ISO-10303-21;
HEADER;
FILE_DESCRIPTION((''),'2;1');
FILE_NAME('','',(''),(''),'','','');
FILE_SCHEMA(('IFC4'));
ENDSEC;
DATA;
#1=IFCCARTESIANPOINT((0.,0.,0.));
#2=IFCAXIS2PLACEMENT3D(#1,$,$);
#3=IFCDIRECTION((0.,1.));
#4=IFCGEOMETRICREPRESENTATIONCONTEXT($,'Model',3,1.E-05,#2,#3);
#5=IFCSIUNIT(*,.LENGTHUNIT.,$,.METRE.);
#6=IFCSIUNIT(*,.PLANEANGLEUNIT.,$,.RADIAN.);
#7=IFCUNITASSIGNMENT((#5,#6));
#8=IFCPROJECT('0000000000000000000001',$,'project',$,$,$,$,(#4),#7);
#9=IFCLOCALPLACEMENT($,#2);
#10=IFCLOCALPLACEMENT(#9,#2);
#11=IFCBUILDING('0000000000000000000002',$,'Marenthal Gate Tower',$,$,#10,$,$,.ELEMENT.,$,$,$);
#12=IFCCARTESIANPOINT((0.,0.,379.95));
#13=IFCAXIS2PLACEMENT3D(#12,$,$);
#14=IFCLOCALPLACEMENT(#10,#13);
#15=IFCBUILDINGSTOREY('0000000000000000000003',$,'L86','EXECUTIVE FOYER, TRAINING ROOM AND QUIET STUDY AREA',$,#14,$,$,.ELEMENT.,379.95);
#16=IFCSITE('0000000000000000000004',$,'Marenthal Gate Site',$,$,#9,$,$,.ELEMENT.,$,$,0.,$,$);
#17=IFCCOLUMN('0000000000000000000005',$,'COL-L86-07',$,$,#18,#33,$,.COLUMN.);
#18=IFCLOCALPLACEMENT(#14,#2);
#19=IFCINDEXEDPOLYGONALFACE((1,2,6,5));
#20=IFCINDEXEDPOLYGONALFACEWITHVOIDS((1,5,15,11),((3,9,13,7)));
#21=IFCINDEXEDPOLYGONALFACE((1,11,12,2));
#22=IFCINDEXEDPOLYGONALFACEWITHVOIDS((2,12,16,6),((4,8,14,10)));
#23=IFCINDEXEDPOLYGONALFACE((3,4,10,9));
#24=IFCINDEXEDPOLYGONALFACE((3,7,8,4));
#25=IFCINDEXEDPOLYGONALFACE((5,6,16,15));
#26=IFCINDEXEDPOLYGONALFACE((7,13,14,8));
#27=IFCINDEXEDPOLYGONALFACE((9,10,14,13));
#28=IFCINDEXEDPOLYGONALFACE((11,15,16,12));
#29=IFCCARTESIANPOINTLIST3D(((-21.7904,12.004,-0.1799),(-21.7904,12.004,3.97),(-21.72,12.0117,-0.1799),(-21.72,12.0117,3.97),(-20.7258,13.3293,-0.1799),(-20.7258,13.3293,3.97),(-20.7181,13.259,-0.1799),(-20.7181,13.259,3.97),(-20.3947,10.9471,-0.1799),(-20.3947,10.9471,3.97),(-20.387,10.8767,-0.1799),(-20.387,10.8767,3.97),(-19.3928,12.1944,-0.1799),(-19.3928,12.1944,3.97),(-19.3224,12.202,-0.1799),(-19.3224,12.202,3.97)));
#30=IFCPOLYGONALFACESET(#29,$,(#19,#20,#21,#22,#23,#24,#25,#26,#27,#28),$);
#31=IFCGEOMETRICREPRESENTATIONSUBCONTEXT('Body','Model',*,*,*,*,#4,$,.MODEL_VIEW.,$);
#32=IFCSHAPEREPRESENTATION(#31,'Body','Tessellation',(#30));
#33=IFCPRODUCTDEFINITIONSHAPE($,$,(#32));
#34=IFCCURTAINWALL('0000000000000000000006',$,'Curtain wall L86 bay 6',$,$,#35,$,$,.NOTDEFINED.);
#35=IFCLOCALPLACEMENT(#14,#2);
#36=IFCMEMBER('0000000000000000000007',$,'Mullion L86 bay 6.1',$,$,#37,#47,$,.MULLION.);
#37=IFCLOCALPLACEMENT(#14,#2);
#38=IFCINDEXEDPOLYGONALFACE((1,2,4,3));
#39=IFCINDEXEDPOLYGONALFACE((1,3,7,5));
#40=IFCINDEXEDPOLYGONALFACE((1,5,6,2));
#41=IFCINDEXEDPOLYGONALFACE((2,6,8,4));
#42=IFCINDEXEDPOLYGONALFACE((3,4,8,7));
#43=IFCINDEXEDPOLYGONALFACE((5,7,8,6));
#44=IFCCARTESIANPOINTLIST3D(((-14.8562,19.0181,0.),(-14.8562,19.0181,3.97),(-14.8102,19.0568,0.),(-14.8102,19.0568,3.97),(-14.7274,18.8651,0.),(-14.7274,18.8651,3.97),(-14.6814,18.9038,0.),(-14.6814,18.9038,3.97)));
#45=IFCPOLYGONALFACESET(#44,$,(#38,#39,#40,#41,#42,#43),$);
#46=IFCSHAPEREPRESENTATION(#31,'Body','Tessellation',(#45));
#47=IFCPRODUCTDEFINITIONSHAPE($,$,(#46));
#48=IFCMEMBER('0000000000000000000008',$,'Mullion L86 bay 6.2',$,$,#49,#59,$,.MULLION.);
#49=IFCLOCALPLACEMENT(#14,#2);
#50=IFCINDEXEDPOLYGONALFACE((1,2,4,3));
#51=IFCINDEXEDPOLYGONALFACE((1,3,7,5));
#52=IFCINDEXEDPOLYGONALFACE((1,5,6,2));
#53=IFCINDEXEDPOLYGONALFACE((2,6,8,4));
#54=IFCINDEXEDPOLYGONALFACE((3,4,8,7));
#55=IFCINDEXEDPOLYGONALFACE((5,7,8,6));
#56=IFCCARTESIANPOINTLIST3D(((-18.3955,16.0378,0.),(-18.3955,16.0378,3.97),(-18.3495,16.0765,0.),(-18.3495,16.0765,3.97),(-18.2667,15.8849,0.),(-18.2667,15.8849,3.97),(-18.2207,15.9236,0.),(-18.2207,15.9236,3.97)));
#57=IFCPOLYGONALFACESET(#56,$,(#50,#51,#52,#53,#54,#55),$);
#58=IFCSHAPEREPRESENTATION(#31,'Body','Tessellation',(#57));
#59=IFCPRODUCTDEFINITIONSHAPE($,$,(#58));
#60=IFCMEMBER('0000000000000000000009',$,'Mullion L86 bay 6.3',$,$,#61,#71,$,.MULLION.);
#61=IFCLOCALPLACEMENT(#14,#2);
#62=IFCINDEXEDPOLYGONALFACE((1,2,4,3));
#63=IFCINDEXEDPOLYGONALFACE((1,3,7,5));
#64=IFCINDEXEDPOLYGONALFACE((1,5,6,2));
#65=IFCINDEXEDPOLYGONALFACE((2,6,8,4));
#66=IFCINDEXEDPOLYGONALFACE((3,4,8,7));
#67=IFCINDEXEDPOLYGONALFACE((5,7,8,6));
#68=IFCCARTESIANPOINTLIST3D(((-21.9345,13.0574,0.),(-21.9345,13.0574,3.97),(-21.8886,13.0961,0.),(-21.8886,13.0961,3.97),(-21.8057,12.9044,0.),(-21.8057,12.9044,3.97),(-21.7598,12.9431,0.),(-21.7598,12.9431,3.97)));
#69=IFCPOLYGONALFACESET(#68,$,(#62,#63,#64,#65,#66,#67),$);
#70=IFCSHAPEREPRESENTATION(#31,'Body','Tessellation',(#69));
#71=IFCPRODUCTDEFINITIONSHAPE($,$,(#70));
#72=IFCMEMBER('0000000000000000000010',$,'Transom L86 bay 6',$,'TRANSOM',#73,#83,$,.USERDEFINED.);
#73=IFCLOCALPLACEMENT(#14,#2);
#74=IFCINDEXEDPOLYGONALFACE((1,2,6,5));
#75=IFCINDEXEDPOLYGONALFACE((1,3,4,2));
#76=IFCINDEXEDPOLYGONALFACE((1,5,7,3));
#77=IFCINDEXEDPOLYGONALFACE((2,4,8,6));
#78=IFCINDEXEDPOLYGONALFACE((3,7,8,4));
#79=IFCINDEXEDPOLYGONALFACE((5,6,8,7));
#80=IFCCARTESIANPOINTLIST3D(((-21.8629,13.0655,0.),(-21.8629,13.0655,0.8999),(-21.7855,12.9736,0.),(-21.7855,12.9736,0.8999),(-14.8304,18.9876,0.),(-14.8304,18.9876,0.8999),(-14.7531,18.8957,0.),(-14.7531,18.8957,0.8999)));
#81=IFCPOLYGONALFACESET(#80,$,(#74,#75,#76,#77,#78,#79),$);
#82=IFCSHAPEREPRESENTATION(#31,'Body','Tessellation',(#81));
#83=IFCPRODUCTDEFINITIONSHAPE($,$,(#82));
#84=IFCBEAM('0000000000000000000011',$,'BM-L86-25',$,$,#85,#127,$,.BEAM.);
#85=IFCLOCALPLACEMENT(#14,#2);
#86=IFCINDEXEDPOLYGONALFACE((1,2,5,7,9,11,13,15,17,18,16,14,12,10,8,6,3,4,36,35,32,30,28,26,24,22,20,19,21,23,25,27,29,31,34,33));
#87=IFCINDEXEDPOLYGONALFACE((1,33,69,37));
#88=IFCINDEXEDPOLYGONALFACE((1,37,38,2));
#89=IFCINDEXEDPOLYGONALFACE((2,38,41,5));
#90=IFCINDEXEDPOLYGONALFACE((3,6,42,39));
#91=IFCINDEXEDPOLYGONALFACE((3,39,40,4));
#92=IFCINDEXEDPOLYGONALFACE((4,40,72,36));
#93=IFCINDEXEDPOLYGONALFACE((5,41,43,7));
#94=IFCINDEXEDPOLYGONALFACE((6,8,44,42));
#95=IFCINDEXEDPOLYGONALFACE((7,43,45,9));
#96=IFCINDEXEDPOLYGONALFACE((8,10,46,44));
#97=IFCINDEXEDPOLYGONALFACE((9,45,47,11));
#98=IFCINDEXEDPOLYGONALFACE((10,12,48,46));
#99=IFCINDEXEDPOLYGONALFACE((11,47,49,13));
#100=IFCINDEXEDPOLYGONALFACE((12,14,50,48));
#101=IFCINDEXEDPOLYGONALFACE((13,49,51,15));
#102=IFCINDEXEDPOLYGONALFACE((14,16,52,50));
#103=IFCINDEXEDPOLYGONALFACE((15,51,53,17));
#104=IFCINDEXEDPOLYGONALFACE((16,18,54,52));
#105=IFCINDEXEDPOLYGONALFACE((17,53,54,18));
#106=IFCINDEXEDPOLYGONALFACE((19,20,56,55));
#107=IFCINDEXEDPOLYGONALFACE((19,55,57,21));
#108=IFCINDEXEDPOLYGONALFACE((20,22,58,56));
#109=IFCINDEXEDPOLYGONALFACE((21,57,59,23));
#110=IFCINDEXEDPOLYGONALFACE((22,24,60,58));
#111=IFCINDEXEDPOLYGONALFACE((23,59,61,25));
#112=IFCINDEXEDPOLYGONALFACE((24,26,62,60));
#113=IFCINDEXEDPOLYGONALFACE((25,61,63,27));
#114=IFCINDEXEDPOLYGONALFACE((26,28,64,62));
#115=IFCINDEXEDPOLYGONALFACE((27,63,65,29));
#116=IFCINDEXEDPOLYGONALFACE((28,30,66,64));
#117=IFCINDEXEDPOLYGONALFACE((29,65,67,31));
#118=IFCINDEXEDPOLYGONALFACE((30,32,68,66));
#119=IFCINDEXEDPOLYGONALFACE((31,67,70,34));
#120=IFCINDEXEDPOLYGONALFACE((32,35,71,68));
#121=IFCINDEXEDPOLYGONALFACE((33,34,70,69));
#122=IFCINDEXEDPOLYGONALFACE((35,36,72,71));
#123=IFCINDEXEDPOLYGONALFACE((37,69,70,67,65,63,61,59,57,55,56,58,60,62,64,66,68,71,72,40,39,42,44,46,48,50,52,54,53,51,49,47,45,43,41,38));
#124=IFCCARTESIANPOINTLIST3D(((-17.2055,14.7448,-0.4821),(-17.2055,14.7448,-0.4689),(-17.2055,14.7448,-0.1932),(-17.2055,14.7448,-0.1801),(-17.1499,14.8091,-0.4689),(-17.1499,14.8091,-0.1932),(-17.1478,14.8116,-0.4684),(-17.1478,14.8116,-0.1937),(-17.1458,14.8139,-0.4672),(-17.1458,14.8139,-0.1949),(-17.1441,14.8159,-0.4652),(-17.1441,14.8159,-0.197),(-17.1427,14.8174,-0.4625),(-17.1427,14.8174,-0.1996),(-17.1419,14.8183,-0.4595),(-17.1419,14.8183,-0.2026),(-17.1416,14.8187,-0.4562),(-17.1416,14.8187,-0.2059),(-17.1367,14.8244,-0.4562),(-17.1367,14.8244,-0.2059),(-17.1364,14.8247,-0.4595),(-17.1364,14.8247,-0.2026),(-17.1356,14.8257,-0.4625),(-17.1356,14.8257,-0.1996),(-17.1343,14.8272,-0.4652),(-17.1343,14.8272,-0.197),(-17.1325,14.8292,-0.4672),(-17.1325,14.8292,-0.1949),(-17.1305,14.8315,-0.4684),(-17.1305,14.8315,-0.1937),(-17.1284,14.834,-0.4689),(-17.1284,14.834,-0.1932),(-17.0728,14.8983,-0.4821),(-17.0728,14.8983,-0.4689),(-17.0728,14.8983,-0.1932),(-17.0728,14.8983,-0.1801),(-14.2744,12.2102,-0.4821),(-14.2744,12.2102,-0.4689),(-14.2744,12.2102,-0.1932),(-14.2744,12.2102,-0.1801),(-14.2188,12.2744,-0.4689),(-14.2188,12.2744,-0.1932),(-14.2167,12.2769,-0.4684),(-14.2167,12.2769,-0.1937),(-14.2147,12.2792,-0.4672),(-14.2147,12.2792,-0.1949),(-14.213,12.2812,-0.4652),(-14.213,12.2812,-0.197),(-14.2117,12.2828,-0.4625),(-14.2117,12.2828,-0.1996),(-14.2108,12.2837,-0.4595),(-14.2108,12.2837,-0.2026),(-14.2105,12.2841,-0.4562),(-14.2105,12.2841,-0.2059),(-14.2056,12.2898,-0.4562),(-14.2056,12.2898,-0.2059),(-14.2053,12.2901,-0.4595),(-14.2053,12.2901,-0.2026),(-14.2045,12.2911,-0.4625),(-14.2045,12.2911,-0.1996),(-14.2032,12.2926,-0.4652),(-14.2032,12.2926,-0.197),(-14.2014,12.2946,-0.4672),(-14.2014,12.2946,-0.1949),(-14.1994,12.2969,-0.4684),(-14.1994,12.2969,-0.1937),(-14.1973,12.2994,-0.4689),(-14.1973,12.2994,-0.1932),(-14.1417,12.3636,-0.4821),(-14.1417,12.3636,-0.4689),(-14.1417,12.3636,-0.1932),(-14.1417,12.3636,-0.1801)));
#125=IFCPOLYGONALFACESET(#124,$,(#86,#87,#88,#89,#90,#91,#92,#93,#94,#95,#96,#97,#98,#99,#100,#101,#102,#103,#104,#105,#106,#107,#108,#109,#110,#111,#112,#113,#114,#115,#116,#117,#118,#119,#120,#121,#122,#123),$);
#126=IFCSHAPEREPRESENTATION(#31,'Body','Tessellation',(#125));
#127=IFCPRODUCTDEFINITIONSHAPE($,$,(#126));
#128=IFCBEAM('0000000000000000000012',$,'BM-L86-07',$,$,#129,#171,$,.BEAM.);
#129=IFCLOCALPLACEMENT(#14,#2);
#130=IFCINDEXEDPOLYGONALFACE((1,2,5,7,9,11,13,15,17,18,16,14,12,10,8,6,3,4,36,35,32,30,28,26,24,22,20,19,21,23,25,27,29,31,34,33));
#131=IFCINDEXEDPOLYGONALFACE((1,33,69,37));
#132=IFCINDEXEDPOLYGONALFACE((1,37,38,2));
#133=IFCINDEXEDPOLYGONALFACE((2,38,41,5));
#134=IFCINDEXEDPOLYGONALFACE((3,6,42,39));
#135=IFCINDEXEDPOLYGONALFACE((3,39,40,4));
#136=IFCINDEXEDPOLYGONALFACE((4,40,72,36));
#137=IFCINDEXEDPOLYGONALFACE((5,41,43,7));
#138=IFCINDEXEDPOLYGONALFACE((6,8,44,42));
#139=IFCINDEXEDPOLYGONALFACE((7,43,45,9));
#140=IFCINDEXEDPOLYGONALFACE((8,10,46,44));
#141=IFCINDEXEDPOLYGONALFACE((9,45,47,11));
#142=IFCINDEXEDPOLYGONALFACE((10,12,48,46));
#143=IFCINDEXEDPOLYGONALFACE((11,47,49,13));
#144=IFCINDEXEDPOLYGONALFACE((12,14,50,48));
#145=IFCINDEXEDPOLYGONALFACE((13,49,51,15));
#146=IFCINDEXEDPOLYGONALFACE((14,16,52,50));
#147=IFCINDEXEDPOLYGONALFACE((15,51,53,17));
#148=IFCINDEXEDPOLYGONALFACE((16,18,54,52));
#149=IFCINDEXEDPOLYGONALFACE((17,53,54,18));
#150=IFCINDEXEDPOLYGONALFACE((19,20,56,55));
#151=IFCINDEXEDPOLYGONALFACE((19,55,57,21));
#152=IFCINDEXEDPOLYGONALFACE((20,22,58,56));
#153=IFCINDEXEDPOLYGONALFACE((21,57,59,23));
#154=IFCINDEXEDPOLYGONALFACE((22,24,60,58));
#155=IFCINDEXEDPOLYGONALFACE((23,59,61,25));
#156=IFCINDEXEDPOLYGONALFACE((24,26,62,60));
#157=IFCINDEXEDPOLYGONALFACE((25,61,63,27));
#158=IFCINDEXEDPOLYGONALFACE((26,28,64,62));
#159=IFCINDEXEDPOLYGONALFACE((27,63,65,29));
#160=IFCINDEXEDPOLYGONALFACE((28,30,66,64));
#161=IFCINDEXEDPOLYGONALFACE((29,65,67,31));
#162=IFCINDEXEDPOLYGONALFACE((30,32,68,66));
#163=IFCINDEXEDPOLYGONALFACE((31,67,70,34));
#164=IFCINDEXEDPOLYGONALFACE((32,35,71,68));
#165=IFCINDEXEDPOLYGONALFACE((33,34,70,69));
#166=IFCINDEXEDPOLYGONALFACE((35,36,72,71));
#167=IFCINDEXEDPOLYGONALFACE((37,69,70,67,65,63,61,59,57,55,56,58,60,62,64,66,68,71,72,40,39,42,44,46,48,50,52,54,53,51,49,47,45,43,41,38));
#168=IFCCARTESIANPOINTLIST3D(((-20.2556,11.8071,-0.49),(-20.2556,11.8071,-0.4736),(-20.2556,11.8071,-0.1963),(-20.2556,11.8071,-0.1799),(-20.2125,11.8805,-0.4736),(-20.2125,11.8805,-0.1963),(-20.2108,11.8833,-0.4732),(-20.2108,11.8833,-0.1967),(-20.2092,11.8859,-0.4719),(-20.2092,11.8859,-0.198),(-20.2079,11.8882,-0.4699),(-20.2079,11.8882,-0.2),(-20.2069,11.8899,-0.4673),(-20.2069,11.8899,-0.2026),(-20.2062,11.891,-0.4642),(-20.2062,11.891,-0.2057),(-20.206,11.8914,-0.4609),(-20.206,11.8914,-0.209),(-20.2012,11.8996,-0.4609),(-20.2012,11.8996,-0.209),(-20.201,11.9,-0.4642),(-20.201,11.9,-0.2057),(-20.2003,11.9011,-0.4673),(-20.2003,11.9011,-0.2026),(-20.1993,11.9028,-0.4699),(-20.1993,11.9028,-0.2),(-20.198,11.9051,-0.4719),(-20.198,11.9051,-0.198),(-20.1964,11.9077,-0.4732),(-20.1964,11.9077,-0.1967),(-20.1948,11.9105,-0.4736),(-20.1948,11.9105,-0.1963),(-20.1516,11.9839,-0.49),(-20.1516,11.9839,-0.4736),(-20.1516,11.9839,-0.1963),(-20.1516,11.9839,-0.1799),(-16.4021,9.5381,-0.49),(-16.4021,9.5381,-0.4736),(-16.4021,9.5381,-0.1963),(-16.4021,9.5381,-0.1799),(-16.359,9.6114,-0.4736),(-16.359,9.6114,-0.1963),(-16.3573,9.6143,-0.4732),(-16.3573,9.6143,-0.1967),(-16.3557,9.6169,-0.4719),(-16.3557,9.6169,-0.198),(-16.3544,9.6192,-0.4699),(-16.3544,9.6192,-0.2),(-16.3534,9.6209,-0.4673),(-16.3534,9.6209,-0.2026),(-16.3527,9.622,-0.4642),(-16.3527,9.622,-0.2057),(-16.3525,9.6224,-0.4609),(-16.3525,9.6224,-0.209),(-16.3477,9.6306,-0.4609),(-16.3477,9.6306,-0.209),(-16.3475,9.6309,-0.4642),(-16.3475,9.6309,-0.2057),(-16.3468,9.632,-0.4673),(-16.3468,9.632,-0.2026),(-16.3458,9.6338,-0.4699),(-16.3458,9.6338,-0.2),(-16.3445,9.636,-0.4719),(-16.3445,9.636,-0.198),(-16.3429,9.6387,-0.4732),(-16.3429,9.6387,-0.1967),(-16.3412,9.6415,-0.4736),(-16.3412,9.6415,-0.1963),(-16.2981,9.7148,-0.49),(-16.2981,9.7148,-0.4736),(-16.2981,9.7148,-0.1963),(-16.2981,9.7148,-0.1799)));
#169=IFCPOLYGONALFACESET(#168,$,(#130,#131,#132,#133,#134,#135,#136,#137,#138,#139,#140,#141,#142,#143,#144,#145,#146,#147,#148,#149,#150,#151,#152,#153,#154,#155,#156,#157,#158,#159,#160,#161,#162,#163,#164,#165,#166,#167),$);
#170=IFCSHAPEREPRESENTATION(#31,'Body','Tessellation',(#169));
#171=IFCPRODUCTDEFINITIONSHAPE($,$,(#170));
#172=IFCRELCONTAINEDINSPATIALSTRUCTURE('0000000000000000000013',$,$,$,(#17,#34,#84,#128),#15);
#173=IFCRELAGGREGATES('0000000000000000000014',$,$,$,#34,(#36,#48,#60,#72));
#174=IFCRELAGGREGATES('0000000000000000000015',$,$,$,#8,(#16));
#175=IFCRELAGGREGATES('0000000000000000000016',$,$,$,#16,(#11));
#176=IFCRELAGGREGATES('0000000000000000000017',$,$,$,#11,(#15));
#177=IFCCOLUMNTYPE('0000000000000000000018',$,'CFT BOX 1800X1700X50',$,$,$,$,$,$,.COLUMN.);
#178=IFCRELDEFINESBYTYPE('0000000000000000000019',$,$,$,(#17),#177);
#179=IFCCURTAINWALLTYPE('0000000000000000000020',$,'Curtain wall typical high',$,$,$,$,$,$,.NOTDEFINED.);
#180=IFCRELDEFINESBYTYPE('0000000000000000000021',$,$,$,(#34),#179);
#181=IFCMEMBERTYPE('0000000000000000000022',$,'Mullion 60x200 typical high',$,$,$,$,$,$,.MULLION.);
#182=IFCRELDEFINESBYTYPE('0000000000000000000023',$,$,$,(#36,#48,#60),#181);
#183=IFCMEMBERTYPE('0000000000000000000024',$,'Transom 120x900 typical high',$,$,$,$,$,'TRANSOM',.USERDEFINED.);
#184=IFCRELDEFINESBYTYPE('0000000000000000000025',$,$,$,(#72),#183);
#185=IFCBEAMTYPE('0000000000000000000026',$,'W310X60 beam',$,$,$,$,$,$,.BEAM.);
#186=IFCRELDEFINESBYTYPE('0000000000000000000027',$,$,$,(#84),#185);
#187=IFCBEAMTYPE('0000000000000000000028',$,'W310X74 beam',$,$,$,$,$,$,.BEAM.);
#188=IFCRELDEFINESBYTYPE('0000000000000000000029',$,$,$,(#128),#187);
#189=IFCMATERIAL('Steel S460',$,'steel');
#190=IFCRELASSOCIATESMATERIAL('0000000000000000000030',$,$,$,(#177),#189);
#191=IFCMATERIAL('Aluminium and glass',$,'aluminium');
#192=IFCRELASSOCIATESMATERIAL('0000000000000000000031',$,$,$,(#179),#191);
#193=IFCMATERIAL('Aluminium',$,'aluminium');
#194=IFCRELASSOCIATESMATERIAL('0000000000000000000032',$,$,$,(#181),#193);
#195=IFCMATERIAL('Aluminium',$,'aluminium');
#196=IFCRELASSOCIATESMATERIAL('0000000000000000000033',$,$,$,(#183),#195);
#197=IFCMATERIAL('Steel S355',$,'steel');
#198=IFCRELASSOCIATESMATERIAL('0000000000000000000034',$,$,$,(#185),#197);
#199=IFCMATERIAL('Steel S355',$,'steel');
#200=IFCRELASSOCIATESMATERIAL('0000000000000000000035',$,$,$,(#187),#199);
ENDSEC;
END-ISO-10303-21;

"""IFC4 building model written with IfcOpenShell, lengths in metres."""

from ifc_helpers import new_model, si_unit, direction, frame, origin, origin_2d, place, context, subcontext, project, spatial, rectangle, hollow_rectangle, i_section, extrude, material, material_profile, profile_set, type_object, element, aggregate, save


model = new_model("IFC4")

# Units and contexts
model_context = context("Model", 3, precision=1e-05, world=origin(), true_north=direction((0.0, 1.0)))
body_context = subcontext(model_context, "Body", "Model", "MODEL_VIEW")
ifc_project = project(units=[si_unit("LENGTHUNIT", "METRE"), si_unit("PLANEANGLEUNIT", "RADIAN")], contexts=[model_context])

# Site, building, storey
site_placement = place(None, origin())
site = spatial("IfcSite", under=ifc_project, at=site_placement, Name="Marenthal Gate Site", CompositionType="ELEMENT", RefElevation=0.0)
building_placement = place(site_placement, origin())
building = spatial("IfcBuilding", under=site, at=building_placement, Name="Marenthal Gate Tower", CompositionType="ELEMENT")
storey_placement = place(building_placement, frame((0.0, 0.0, 379.95)))
storey = spatial("IfcBuildingStorey", under=building, at=storey_placement, Name="L86", Description="EXECUTIVE FOYER, TRAINING ROOM AND QUIET STUDY AREA", CompositionType="ELEMENT", Elevation=379.95)

# Column
ifc_material_1 = material(Name="Steel S460", Category="steel")
ifc_material_profile_1 = material_profile(ifc_material_1, hollow_rectangle(XDim=1.7, YDim=1.8, WallThickness=0.05, at=origin_2d()), Name="CFT BOX 1800X1700X50")
ifc_material_2 = material(Name="Concrete 70 MPa", Category="concrete")
ifc_material_profile_2 = material_profile(ifc_material_2, rectangle(XDim=1.6001, YDim=1.7, at=origin_2d()), Name="CFT BOX 1800X1700X50 INFILL")
ifc_profile_set_1 = profile_set([ifc_material_profile_1, ifc_material_profile_2], Name="Steel S460 shell, Concrete 70 MPa infill")
column_type = type_object("IfcColumnType", Name="CFT BOX 1800X1700X50", PredefinedType="COLUMN", material=ifc_profile_set_1)
column_placement = place(storey_placement, frame((-20.5564, 12.103, -0.1799), z_axis=(0.0, 0.0, 1.0), x_axis=(0.626249, 0.779623, 0.0)))
element("IfcColumn", 1, at=column_placement, inside=storey, type_object=column_type, Name="COL-L86-07", PredefinedType="COLUMN", context=body_context, shape_type="SweptSolid", body=[
    extrude(hollow_rectangle(XDim=1.7, YDim=1.8, WallThickness=0.05, at=origin_2d()), origin(), (0.0, 0.0, 1.0), 4.1499),
])

# Curtain wall, members
ifc_material_3 = material(Name="Aluminium and glass", Category="aluminium")
curtain_wall_type = type_object("IfcCurtainWallType", Name="Curtain wall typical high", PredefinedType="NOTDEFINED", material=ifc_material_3)
curtain_wall_placement = place(storey_placement, origin())
curtain_wall = element("IfcCurtainWall", 2, at=curtain_wall_placement, inside=storey, type_object=curtain_wall_type, Name="Curtain wall L86 bay 6", PredefinedType="NOTDEFINED")
ifc_material_4 = material(Name="Aluminium", Category="aluminium")
ifc_material_profile_3 = material_profile(ifc_material_4, rectangle(XDim=0.2, YDim=0.0601, at=origin_2d()), Name="60x200 aluminium mullion")
ifc_profile_set_2 = profile_set([ifc_material_profile_3], Name="Aluminium")
member_type_1 = type_object("IfcMemberType", Name="Mullion 60x200 typical high", PredefinedType="MULLION", material=ifc_profile_set_2)
member_1_placement = place(storey_placement, frame((-14.7688, 18.9609, 0.0), z_axis=(0.0, 0.0, 1.0), x_axis=(0.644135, -0.764912, 0.0)))
member_1 = element("IfcMember", 3, at=member_1_placement, type_object=member_type_1, Name="Mullion L86 bay 6.1", PredefinedType="MULLION", context=body_context, shape_type="SweptSolid", body=[
    extrude(rectangle(XDim=0.2, YDim=0.0601, at=origin_2d()), origin(), (0.0, 0.0, 1.0), 3.97),
])
member_2_placement = place(storey_placement, frame((-18.3081, 15.9807, 0.0), z_axis=(0.0, 0.0, 1.0), x_axis=(0.644135, -0.764912, 0.0)))
member_2 = element("IfcMember", 4, at=member_2_placement, type_object=member_type_1, Name="Mullion L86 bay 6.2", PredefinedType="MULLION", context=body_context, shape_type="SweptSolid", body=[
    extrude(rectangle(XDim=0.2, YDim=0.0601, at=origin_2d()), origin(), (0.0, 0.0, 1.0), 3.97),
])
member_3_placement = place(storey_placement, frame((-21.8472, 13.0002, 0.0), z_axis=(0.0, 0.0, 1.0), x_axis=(0.644135, -0.764912, 0.0)))
member_3 = element("IfcMember", 5, at=member_3_placement, type_object=member_type_1, Name="Mullion L86 bay 6.3", PredefinedType="MULLION", context=body_context, shape_type="SweptSolid", body=[
    extrude(rectangle(XDim=0.2, YDim=0.0601, at=origin_2d()), origin(), (0.0, 0.0, 1.0), 3.97),
])
ifc_material_5 = material(Name="Aluminium", Category="aluminium")
ifc_material_profile_4 = material_profile(ifc_material_5, rectangle(XDim=0.1201, YDim=0.8999, at=origin_2d()), Name="120x900 aluminium transom")
ifc_profile_set_3 = profile_set([ifc_material_profile_4], Name="Aluminium")
member_type_2 = type_object("IfcMemberType", Name="Transom 120x900 typical high", ElementType="TRANSOM", PredefinedType="USERDEFINED", material=ifc_profile_set_3)
member_4_placement = place(storey_placement, frame((-14.7917, 18.9417, 0.45), z_axis=(-0.764909, -0.644138, 0.0), x_axis=(0.644138, -0.764909, 0.0)))
member_4 = element("IfcMember", 6, at=member_4_placement, type_object=member_type_2, Name="Transom L86 bay 6", ObjectType="TRANSOM", PredefinedType="USERDEFINED", context=body_context, shape_type="SweptSolid", body=[
    extrude(rectangle(XDim=0.1201, YDim=0.8999, at=origin_2d()), origin(), (0.0, 0.0, 1.0), 9.1938),
])

# Beams
ifc_material_6 = material(Name="Steel S355", Category="steel")
ifc_material_profile_5 = material_profile(ifc_material_6, i_section(OverallWidth=0.2029, OverallDepth=0.302, WebThickness=0.0076, FlangeThickness=0.0132, FilletRadius=0.0127, at=origin_2d()), Name="W310X60")
ifc_profile_set_4 = profile_set([ifc_material_profile_5], Name="Steel S355")
beam_type_1 = type_object("IfcBeamType", Name="W310X60 beam", PredefinedType="BEAM", material=ifc_profile_set_4)
beam_1_placement = place(storey_placement, frame((-17.1392, 14.8215, -0.3311), z_axis=(0.756412, -0.654095, 0.0), x_axis=(0.654095, 0.756412, 0.0)))
element("IfcBeam", 7, at=beam_1_placement, inside=storey, type_object=beam_type_1, Name="BM-L86-25", PredefinedType="BEAM", context=body_context, shape_type="SweptSolid", body=[
    extrude(i_section(OverallWidth=0.2029, OverallDepth=0.302, WebThickness=0.0076, FlangeThickness=0.0132, FilletRadius=0.0127, at=origin_2d()), origin(), (0.0, 0.0, 1.0), 3.875),
])
ifc_material_7 = material(Name="Steel S355", Category="steel")
ifc_material_profile_6 = material_profile(ifc_material_7, i_section(OverallWidth=0.2051, OverallDepth=0.3101, WebThickness=0.0095, FlangeThickness=0.0164, FilletRadius=0.0127, at=origin_2d()), Name="W310X74")
ifc_profile_set_5 = profile_set([ifc_material_profile_6], Name="Steel S355")
beam_type_2 = type_object("IfcBeamType", Name="W310X74 beam", PredefinedType="BEAM", material=ifc_profile_set_5)
beam_2_placement = place(storey_placement, frame((-20.2036, 11.8955, -0.335), z_axis=(0.861712, -0.507397, 0.0), x_axis=(0.507397, 0.861712, 0.0)))
element("IfcBeam", 8, at=beam_2_placement, inside=storey, type_object=beam_type_2, Name="BM-L86-07", PredefinedType="BEAM", context=body_context, shape_type="SweptSolid", body=[
    extrude(i_section(OverallWidth=0.2051, OverallDepth=0.3101, WebThickness=0.0095, FlangeThickness=0.0164, FilletRadius=0.0127, at=origin_2d()), origin(), (0.0, 0.0, 1.0), 4.4719),
])

aggregate(curtain_wall, [member_1, member_2, member_3, member_4])

save(model, "model.ifc")
